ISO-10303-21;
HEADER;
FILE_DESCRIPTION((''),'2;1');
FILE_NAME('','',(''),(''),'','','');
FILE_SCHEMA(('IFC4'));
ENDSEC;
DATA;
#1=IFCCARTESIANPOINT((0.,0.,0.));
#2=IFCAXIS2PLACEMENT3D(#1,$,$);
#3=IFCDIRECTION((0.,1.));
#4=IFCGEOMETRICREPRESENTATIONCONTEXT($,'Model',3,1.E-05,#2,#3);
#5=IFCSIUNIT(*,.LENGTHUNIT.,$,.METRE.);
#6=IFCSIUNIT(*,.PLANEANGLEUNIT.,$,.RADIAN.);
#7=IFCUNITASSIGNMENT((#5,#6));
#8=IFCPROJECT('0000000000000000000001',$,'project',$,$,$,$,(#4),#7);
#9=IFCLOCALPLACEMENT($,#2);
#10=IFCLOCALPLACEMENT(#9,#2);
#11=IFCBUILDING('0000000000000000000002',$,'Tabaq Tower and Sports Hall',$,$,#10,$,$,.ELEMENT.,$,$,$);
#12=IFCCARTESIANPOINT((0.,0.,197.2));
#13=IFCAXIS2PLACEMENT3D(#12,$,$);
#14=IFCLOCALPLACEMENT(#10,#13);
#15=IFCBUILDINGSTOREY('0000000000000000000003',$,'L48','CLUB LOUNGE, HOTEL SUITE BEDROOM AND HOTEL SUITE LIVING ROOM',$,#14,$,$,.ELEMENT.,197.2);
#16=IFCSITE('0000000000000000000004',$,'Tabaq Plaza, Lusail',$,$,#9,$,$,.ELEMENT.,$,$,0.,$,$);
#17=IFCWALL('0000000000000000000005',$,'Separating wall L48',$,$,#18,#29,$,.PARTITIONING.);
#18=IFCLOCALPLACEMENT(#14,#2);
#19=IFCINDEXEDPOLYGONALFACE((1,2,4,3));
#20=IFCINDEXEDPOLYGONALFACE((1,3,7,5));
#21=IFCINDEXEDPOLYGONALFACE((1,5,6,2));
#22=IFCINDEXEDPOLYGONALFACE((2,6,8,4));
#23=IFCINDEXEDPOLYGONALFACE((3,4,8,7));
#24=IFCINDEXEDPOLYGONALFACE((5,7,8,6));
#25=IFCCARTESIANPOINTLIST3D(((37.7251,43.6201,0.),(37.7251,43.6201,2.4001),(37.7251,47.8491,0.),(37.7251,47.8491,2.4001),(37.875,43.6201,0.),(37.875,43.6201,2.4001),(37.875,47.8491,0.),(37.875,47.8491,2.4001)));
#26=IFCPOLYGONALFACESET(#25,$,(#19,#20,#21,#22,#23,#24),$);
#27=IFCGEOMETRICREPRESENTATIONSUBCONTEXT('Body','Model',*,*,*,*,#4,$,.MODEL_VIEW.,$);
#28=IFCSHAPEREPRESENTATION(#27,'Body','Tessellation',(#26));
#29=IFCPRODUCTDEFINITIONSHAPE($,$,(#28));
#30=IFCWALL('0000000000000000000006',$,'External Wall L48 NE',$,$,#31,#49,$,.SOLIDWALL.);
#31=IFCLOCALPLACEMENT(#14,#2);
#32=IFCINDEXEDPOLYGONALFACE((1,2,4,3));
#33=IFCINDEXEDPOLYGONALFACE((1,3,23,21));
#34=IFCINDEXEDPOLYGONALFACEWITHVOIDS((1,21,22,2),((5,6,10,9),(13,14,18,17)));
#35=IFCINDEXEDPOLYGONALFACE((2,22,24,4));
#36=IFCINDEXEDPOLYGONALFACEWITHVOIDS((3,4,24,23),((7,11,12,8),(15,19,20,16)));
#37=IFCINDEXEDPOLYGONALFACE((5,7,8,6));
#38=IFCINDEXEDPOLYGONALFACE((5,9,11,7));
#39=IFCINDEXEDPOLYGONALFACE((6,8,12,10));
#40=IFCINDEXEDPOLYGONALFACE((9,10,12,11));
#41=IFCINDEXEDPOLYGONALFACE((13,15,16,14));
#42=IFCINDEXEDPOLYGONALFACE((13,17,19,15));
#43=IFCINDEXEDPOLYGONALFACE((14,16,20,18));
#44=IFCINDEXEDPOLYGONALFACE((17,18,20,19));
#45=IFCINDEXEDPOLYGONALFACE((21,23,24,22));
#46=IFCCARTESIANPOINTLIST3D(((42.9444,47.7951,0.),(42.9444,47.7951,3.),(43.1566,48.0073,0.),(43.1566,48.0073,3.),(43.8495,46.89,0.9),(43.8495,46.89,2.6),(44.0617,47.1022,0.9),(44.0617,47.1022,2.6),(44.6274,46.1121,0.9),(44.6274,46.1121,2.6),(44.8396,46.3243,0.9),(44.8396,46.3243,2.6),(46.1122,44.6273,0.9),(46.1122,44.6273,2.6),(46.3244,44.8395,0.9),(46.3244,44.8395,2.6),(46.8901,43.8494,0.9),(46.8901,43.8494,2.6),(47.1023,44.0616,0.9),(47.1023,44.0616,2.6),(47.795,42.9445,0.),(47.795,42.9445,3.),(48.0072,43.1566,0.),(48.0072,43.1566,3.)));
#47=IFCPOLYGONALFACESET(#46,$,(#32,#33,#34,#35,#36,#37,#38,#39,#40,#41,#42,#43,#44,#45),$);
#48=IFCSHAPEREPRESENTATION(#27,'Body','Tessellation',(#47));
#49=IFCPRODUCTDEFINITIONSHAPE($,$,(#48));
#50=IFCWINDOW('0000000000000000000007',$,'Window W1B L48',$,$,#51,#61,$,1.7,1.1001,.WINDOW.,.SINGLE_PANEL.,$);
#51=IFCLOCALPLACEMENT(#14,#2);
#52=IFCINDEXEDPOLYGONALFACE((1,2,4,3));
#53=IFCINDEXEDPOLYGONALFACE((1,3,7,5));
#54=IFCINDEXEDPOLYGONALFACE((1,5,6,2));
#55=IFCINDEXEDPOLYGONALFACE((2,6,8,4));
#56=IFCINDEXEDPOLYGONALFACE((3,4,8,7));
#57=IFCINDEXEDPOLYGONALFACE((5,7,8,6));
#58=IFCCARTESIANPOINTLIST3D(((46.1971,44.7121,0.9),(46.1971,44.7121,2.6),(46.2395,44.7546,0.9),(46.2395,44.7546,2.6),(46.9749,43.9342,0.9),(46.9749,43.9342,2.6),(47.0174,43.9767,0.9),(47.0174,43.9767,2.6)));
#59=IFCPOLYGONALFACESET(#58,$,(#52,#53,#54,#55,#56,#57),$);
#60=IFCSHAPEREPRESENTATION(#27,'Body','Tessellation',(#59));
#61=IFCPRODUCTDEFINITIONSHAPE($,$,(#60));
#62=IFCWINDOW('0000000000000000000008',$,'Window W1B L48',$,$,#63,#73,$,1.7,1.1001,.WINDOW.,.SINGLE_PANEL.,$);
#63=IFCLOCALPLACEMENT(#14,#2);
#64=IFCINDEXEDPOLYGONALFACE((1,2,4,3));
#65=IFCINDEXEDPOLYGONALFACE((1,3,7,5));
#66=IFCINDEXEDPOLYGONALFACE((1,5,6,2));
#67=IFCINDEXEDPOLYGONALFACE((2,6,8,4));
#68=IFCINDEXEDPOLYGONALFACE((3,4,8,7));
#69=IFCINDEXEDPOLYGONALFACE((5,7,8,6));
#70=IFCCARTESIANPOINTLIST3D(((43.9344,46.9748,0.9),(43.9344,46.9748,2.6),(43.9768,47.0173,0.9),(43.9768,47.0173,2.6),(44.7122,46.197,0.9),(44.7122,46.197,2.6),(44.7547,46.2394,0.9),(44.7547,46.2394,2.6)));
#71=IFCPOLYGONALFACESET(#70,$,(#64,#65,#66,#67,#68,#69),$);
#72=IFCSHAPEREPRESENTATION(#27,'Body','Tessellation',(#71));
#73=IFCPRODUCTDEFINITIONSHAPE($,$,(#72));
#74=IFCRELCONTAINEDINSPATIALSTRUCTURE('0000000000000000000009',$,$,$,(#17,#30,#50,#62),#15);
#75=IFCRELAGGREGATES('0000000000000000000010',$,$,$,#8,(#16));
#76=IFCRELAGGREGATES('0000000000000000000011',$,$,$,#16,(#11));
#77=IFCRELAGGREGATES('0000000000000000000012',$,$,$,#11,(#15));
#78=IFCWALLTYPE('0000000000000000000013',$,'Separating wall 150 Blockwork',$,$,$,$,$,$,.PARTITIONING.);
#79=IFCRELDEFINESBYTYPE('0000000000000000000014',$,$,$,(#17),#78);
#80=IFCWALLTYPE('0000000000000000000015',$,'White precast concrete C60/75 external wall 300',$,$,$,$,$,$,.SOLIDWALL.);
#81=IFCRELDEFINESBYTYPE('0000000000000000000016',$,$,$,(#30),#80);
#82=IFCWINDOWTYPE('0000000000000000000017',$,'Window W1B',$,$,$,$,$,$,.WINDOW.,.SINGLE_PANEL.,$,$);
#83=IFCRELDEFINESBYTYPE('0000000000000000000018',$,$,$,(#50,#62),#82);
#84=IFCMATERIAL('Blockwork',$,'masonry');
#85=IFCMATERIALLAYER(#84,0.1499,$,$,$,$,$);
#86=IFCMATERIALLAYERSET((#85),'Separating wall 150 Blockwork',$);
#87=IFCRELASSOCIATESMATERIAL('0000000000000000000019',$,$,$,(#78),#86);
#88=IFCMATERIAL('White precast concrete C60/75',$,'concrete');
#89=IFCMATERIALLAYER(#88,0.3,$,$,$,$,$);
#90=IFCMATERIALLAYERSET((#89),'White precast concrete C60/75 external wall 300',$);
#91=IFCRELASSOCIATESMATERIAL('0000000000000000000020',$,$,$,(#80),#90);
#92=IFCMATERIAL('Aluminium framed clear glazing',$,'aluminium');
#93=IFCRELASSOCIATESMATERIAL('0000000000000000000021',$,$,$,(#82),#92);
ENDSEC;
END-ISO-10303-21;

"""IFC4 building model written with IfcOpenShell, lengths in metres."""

from ifc_helpers import new_model, si_unit, direction, frame, frame_2d, origin, place, context, subcontext, project, spatial, rectangle, extrude, material, layer, layer_set, type_object, element, fill, save


model = new_model("IFC4")

# Units and contexts
model_context = context("Model", 3, precision=1e-05, world=origin(), true_north=direction((0.0, 1.0)))
body_context = subcontext(model_context, "Body", "Model", "MODEL_VIEW")
ifc_project = project(units=[si_unit("LENGTHUNIT", "METRE"), si_unit("PLANEANGLEUNIT", "RADIAN")], contexts=[model_context])

# Site, building, storey
site_placement = place(None, origin())
site = spatial("IfcSite", under=ifc_project, at=site_placement, Name="Tabaq Plaza, Lusail", CompositionType="ELEMENT", RefElevation=0.0)
building_placement = place(site_placement, origin())
building = spatial("IfcBuilding", under=site, at=building_placement, Name="Tabaq Tower and Sports Hall", CompositionType="ELEMENT")
storey_placement = place(building_placement, frame((0.0, 0.0, 197.2)))
storey = spatial("IfcBuildingStorey", under=building, at=storey_placement, Name="L48", Description="CLUB LOUNGE, HOTEL SUITE BEDROOM AND HOTEL SUITE LIVING ROOM", CompositionType="ELEMENT", Elevation=197.2)

# Wall
ifc_material_1 = material(Name="Blockwork", Category="masonry")
ifc_layer_1 = layer(ifc_material_1, 0.1499)
ifc_layer_set_1 = layer_set([ifc_layer_1], Name="Separating wall 150 Blockwork")
wall_type_1 = type_object("IfcWallType", Name="Separating wall 150 Blockwork", PredefinedType="PARTITIONING", material=ifc_layer_set_1)
wall_1_placement = place(storey_placement, frame((37.8, 43.6201, 0.0), z_axis=(0.0, 0.0, 1.0), x_axis=(0.0, 1.0, 0.0)))
element("IfcWall", 1, at=wall_1_placement, inside=storey, type_object=wall_type_1, Name="Separating wall L48", PredefinedType="PARTITIONING", context=body_context, shape_type="SweptSolid", body=[
    extrude(rectangle(XDim=4.229, YDim=0.1499, at=frame_2d((2.1145, 0.0))), origin(), (0.0, 0.0, 1.0), 2.4001),
])

# Wall, openings, windows
ifc_material_2 = material(Name="White precast concrete C60/75", Category="concrete")
ifc_layer_2 = layer(ifc_material_2, 0.3)
ifc_layer_set_2 = layer_set([ifc_layer_2], Name="White precast concrete C60/75 external wall 300")
wall_type_2 = type_object("IfcWallType", Name="White precast concrete C60/75 external wall 300", PredefinedType="SOLIDWALL", material=ifc_layer_set_2)
wall_2_placement = place(storey_placement, frame((47.9011, 43.0505, 0.0), z_axis=(0.0, 0.0, 1.0), x_axis=(-0.707107, 0.707107, 0.0)))
wall_2 = element("IfcWall", 2, at=wall_2_placement, inside=storey, type_object=wall_type_2, Name="External Wall L48 NE", PredefinedType="SOLIDWALL", context=body_context, shape_type="SweptSolid", body=[
    extrude(rectangle(XDim=6.8599, YDim=0.3, at=frame_2d((3.4299, 0.0))), origin(), (0.0, 0.0, 1.0), 3.0),
])
opening_1_placement = place(wall_2_placement, frame((1.2798, 0.0, 0.8999)))
opening_1 = element("IfcOpeningElement", 3, at=opening_1_placement, cuts=wall_2, PredefinedType="OPENING", context=body_context, shape_type="SweptSolid", body=[
    extrude(rectangle(XDim=1.1001, YDim=1.7, at=frame_2d((0.55, 0.8501))), frame((0.0, 0.1602, 0.0), z_axis=(0.0, -1.0, 0.0), x_axis=(1.0, 0.0, 0.0)), (0.0, 0.0, 1.0), 0.3201),
])
opening_2_placement = place(wall_2_placement, frame((4.4797, 0.0, 0.8999)))
opening_2 = element("IfcOpeningElement", 4, at=opening_2_placement, cuts=wall_2, PredefinedType="OPENING", context=body_context, shape_type="SweptSolid", body=[
    extrude(rectangle(XDim=1.1001, YDim=1.7, at=frame_2d((0.55, 0.8501))), frame((0.0, 0.1602, 0.0), z_axis=(0.0, -1.0, 0.0), x_axis=(1.0, 0.0, 0.0)), (0.0, 0.0, 1.0), 0.3201),
])
ifc_material_3 = material(Name="Aluminium framed clear glazing", Category="aluminium")
window_type_1 = type_object("IfcWindowType", Name="Window W1B", PartitioningType="SINGLE_PANEL", PredefinedType="WINDOW", material=ifc_material_3)
window_1_placement = place(opening_1_placement, origin())
window_1 = element("IfcWindow", 5, at=window_1_placement, inside=storey, type_object=window_type_1, Name="Window W1B L48", OverallHeight=1.7, OverallWidth=1.1001, PartitioningType="SINGLE_PANEL", PredefinedType="WINDOW", context=body_context, shape_type="SweptSolid", body=[
    extrude(rectangle(XDim=1.1001, YDim=1.7, at=frame_2d((0.55, 0.8501))), frame((0.0, 0.03, 0.0), z_axis=(0.0, -1.0, 0.0), x_axis=(1.0, 0.0, 0.0)), (0.0, 0.0, 1.0), 0.0601),
])
fill(opening_1, window_1)
window_2_placement = place(opening_2_placement, origin())
window_2 = element("IfcWindow", 6, at=window_2_placement, inside=storey, type_object=window_type_1, Name="Window W1B L48", OverallHeight=1.7, OverallWidth=1.1001, PartitioningType="SINGLE_PANEL", PredefinedType="WINDOW", context=body_context, shape_type="SweptSolid", body=[
    extrude(rectangle(XDim=1.1001, YDim=1.7, at=frame_2d((0.55, 0.8501))), frame((0.0, 0.03, 0.0), z_axis=(0.0, -1.0, 0.0), x_axis=(1.0, 0.0, 0.0)), (0.0, 0.0, 1.0), 0.0601),
])
fill(opening_2, window_2)

save(model, "model.ifc")
